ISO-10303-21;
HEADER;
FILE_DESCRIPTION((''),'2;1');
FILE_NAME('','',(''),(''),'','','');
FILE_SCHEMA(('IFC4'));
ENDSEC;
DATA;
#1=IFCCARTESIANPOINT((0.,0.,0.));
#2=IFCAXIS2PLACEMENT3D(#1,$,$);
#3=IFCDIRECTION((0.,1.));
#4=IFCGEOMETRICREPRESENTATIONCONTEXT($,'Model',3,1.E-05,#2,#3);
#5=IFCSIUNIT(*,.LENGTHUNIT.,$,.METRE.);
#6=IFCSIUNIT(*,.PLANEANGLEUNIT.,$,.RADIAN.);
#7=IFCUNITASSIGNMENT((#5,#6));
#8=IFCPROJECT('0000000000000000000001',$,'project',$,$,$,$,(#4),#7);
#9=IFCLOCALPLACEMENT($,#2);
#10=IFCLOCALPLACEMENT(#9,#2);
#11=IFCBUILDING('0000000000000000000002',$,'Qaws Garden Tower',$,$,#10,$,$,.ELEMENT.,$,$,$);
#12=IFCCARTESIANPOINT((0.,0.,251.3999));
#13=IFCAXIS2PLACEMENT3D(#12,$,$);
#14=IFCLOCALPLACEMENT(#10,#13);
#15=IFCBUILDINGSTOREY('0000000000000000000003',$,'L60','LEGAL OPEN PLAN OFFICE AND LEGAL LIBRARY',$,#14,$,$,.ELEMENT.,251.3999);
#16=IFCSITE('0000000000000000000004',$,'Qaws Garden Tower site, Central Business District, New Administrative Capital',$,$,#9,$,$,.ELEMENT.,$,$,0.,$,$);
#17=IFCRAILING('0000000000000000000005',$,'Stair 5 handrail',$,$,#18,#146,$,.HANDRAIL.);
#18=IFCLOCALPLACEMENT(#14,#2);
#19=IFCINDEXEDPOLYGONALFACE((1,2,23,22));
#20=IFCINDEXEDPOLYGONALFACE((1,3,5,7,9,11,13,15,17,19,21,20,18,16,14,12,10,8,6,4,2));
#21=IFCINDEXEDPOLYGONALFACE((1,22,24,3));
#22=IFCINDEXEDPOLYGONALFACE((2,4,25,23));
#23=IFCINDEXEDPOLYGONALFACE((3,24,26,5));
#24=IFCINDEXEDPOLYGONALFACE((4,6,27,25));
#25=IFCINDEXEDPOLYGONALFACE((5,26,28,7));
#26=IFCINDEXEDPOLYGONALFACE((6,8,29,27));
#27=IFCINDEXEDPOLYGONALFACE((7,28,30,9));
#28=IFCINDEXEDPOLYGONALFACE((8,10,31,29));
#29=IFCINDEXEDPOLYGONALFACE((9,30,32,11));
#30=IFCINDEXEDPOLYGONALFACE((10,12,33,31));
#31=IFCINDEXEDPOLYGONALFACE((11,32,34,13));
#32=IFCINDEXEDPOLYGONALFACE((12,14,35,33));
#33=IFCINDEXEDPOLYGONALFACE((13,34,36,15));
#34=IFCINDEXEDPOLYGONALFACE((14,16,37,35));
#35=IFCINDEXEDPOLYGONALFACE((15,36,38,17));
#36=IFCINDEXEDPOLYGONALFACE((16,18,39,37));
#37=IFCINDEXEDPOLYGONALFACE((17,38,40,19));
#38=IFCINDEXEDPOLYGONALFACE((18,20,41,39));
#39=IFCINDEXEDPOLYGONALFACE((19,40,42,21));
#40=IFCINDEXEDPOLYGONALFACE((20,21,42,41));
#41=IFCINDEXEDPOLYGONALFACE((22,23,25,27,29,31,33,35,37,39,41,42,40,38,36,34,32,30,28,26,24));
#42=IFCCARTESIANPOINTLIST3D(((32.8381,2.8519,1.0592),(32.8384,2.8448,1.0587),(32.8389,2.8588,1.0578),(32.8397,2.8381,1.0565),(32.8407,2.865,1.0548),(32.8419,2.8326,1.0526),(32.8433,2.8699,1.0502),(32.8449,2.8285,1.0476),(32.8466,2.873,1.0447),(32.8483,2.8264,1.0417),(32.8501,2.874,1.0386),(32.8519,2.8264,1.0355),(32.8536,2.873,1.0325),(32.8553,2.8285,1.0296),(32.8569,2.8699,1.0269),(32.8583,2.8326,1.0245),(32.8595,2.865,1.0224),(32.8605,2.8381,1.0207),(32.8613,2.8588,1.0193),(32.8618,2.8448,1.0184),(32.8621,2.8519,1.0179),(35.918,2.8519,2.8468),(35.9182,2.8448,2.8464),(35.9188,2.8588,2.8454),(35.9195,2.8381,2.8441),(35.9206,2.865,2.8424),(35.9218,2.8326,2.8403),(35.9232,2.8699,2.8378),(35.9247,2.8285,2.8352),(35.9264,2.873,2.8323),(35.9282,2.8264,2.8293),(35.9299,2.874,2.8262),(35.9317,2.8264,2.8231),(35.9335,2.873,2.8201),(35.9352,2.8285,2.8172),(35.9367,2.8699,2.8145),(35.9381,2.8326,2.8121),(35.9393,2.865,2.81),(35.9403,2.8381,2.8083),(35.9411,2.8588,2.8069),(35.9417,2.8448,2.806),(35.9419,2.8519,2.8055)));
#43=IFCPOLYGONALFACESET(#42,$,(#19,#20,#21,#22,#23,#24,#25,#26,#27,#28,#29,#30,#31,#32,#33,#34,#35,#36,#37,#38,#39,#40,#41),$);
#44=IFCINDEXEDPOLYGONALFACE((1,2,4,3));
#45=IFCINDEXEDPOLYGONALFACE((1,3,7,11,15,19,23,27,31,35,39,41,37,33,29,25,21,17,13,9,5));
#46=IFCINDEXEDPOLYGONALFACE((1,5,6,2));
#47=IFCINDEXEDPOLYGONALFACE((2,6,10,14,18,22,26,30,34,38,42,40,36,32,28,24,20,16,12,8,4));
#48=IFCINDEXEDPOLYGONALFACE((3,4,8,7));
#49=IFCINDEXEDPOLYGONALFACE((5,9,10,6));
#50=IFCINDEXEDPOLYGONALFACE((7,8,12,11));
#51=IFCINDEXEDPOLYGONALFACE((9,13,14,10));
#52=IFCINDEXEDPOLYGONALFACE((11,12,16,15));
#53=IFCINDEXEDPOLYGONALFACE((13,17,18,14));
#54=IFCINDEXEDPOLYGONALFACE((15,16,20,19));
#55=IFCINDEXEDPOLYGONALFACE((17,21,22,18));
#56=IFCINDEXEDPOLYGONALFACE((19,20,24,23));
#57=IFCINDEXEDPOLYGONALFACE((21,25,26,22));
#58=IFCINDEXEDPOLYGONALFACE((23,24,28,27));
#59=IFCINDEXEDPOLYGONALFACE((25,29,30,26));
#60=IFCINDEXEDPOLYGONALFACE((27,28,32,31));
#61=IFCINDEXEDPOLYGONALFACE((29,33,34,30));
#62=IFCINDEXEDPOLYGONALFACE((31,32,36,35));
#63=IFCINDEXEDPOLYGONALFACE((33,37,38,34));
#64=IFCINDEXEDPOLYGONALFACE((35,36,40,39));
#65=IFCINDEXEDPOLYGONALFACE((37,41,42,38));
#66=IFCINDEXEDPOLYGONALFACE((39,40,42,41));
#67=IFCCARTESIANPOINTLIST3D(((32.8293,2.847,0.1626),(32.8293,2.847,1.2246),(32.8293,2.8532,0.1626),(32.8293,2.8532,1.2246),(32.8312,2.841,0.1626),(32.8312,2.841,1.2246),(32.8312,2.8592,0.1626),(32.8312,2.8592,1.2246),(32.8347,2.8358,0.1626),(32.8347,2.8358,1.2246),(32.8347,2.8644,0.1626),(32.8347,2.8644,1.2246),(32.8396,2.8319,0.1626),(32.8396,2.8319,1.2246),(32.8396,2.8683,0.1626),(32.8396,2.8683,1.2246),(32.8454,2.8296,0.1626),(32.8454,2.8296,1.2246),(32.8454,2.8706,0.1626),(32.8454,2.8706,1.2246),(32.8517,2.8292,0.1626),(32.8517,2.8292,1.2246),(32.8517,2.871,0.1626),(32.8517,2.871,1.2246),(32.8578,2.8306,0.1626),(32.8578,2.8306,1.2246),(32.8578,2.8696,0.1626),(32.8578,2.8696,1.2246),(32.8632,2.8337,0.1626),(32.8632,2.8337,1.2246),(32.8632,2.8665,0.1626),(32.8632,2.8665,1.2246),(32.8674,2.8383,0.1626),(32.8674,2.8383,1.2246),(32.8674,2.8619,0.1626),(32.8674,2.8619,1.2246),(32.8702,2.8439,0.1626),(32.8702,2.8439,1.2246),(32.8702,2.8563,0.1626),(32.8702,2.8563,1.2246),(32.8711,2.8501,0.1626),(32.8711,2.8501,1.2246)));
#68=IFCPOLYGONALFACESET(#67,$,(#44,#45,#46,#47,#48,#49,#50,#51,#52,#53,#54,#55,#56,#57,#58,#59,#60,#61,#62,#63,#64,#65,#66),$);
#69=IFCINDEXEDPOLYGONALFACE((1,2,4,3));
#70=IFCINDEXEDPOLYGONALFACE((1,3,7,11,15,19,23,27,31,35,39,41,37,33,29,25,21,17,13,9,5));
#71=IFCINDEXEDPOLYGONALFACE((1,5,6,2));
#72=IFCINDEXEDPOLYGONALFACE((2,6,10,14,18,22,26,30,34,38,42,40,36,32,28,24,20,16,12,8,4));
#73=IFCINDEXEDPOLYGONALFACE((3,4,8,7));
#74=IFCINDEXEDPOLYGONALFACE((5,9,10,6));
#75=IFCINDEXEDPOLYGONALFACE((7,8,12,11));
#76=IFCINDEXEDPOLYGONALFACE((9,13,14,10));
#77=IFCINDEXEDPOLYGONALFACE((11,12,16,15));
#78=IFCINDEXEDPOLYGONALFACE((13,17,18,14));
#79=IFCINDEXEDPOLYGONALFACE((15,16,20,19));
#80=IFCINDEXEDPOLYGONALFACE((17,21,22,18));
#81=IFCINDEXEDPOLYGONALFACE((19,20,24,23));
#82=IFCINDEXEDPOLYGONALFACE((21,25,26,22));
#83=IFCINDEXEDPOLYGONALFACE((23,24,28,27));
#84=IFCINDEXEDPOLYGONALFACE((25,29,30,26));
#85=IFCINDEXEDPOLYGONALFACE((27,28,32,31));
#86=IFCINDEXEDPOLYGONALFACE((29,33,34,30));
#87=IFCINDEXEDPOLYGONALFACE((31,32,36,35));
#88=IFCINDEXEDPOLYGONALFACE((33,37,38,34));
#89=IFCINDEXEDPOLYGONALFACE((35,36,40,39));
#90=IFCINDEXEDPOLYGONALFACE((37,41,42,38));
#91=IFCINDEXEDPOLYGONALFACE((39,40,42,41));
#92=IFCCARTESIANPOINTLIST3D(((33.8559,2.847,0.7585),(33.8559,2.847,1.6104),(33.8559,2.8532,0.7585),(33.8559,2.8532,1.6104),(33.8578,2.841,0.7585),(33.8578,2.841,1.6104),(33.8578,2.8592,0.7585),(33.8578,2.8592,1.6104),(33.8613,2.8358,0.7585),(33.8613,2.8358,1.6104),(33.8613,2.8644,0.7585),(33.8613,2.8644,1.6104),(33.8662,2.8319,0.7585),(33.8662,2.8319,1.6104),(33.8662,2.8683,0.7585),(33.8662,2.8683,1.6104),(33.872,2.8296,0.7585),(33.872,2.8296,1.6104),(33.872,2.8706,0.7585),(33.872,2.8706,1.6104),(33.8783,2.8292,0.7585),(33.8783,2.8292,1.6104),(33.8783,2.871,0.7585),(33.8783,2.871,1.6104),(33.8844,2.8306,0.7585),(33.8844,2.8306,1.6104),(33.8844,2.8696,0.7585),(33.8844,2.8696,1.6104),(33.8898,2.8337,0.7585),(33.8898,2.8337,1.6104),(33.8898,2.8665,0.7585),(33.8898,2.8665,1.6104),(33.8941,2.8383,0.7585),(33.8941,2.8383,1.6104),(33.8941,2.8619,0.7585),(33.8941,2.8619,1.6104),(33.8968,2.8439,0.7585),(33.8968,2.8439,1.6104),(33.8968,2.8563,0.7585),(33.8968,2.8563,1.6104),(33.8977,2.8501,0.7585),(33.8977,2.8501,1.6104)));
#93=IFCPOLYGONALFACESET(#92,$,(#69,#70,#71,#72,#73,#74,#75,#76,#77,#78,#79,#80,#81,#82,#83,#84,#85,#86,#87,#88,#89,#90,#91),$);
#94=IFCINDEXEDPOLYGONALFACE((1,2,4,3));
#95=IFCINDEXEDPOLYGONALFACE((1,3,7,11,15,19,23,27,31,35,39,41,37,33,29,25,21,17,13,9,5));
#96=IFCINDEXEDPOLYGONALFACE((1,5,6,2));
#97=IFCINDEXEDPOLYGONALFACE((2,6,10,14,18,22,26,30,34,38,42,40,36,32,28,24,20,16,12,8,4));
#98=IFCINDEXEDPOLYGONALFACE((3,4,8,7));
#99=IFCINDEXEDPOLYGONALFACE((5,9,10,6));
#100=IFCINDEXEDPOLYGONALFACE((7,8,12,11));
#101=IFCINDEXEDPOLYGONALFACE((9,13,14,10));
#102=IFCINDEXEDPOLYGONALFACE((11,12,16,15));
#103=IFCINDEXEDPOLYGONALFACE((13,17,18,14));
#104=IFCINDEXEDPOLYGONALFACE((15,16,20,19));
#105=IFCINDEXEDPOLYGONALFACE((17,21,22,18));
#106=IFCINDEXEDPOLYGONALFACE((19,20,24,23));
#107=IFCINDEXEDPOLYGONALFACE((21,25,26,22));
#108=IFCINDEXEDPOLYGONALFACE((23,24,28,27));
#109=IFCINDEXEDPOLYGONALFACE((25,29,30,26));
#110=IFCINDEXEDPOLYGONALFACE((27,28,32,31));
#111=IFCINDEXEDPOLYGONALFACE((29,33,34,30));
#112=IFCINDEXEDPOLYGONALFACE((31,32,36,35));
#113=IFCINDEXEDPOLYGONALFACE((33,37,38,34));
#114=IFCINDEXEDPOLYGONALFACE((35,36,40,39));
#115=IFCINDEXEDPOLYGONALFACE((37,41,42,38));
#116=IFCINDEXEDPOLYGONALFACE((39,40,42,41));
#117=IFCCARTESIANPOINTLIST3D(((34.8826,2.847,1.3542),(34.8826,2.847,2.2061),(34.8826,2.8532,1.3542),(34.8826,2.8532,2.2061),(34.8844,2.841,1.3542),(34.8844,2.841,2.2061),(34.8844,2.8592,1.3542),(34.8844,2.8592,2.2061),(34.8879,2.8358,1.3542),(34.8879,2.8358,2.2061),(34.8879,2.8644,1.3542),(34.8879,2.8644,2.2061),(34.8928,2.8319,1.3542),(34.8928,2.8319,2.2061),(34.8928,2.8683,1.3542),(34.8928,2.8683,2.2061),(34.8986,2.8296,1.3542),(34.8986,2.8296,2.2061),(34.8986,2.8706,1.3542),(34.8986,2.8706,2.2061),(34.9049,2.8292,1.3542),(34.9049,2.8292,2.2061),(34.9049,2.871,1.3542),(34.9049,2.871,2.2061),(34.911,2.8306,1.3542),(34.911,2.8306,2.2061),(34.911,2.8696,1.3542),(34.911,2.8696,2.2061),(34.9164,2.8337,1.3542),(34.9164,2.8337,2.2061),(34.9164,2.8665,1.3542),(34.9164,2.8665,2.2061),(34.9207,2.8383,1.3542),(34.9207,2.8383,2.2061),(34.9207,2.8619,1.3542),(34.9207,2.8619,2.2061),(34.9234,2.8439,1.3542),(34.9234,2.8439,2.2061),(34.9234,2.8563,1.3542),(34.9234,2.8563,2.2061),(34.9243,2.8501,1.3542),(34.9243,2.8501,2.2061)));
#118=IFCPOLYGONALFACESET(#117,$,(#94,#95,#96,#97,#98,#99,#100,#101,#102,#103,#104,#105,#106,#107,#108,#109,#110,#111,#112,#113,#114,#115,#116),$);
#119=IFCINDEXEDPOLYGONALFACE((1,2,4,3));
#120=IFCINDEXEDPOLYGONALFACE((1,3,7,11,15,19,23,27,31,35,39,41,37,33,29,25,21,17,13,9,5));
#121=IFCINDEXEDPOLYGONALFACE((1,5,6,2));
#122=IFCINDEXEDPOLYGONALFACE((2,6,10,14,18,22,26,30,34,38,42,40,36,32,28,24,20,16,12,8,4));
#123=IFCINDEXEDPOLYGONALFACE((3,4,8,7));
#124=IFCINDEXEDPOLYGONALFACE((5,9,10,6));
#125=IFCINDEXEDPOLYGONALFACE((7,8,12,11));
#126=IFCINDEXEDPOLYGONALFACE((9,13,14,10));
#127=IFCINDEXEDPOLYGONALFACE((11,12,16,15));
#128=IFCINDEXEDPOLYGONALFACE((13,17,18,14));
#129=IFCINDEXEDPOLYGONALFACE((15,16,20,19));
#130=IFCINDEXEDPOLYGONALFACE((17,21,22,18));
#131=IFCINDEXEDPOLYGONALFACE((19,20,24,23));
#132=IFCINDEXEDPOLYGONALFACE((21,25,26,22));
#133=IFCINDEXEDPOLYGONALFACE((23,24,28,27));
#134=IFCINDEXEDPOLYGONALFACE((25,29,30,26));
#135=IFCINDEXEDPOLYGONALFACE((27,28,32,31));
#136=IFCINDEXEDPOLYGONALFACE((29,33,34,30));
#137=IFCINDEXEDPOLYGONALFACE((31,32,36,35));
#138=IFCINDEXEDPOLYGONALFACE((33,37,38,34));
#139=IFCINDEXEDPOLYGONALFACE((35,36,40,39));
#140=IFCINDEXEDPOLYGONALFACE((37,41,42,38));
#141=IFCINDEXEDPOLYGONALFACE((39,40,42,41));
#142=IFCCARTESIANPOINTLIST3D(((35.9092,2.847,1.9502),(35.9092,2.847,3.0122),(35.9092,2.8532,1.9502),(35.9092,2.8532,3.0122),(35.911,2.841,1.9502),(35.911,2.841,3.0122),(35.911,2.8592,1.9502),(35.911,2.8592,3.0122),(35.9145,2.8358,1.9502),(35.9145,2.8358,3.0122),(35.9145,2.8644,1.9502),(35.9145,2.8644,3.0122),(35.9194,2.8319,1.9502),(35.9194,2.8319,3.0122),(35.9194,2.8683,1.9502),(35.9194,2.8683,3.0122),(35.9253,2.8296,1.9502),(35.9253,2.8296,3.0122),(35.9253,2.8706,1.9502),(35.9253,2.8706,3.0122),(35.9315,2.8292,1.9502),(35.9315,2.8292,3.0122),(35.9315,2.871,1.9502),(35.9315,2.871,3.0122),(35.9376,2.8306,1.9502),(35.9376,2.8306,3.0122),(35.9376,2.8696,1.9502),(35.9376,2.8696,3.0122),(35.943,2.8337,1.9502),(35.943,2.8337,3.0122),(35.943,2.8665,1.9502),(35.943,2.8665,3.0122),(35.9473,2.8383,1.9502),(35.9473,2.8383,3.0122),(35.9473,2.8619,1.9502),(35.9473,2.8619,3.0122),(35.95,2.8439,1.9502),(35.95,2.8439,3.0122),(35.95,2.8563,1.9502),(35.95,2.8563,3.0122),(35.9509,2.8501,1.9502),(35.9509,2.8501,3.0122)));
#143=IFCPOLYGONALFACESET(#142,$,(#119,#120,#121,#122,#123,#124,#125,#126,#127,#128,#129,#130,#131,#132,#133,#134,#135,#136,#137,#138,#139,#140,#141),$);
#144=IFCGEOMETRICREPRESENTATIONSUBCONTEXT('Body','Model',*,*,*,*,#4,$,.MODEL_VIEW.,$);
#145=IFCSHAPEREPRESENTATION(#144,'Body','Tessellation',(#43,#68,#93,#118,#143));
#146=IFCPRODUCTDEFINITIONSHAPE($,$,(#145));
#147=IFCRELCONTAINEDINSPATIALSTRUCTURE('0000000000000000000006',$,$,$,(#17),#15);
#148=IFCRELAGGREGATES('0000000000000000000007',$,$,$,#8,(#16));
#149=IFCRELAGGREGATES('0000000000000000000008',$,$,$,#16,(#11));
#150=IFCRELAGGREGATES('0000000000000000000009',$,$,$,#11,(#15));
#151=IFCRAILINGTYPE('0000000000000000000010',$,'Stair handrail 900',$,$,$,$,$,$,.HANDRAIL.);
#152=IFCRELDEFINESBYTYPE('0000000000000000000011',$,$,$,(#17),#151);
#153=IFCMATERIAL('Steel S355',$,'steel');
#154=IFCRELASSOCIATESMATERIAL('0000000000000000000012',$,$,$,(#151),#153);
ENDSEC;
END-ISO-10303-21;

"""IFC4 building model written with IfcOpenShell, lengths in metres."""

from ifc_helpers import new_model, si_unit, direction, frame, origin, origin_2d, place, context, subcontext, project, spatial, circle, extrude, material, type_object, element, save


model = new_model("IFC4")

# Units and contexts
model_context = context("Model", 3, precision=1e-05, world=origin(), true_north=direction((0.0, 1.0)))
body_context = subcontext(model_context, "Body", "Model", "MODEL_VIEW")
ifc_project = project(units=[si_unit("LENGTHUNIT", "METRE"), si_unit("PLANEANGLEUNIT", "RADIAN")], contexts=[model_context])

# Site, building, storey
site_placement = place(None, origin())
site = spatial("IfcSite", under=ifc_project, at=site_placement, Name="Qaws Garden Tower site, Central Business District, New Administrative Capital", CompositionType="ELEMENT", RefElevation=0.0)
building_placement = place(site_placement, origin())
building = spatial("IfcBuilding", under=site, at=building_placement, Name="Qaws Garden Tower", CompositionType="ELEMENT")
storey_placement = place(building_placement, frame((0.0, 0.0, 251.3999)))
storey = spatial("IfcBuildingStorey", under=building, at=storey_placement, Name="L60", Description="LEGAL OPEN PLAN OFFICE AND LEGAL LIBRARY", CompositionType="ELEMENT", Elevation=251.3999)

# Railing
ifc_material_1 = material(Name="Steel S355", Category="steel")
railing_type = type_object("IfcRailingType", Name="Stair handrail 900", PredefinedType="HANDRAIL", material=ifc_material_1)
railing_1_placement = place(storey_placement, frame((32.8501, 2.8501, 0.1626)))
element("IfcRailing", 1, at=railing_1_placement, inside=storey, type_object=railing_type, Name="Stair 5 handrail", PredefinedType="HANDRAIL", context=body_context, shape_type="SweptSolid", body=[
    extrude(circle(Radius=0.0239, at=origin_2d()), frame((0.0, 0.0, 0.876), z_axis=(0.864873, 0.0, 0.50199), x_axis=(0.0, 1.0, 0.0)), (0.0, 0.0, 1.0), 3.561),
    extrude(circle(Radius=0.021, at=origin_2d()), origin(), (0.0, 0.0, 1.0), 1.062),
    extrude(circle(Radius=0.021, at=origin_2d()), frame((1.0266, 0.0, 0.5959)), (0.0, 0.0, 1.0), 0.8518),
    extrude(circle(Radius=0.021, at=origin_2d()), frame((2.0532, 0.0, 1.1917)), (0.0, 0.0, 1.0), 0.8518),
    extrude(circle(Radius=0.021, at=origin_2d()), frame((3.0798, 0.0, 1.7876)), (0.0, 0.0, 1.0), 1.062),
])

save(model, "model.ifc")
